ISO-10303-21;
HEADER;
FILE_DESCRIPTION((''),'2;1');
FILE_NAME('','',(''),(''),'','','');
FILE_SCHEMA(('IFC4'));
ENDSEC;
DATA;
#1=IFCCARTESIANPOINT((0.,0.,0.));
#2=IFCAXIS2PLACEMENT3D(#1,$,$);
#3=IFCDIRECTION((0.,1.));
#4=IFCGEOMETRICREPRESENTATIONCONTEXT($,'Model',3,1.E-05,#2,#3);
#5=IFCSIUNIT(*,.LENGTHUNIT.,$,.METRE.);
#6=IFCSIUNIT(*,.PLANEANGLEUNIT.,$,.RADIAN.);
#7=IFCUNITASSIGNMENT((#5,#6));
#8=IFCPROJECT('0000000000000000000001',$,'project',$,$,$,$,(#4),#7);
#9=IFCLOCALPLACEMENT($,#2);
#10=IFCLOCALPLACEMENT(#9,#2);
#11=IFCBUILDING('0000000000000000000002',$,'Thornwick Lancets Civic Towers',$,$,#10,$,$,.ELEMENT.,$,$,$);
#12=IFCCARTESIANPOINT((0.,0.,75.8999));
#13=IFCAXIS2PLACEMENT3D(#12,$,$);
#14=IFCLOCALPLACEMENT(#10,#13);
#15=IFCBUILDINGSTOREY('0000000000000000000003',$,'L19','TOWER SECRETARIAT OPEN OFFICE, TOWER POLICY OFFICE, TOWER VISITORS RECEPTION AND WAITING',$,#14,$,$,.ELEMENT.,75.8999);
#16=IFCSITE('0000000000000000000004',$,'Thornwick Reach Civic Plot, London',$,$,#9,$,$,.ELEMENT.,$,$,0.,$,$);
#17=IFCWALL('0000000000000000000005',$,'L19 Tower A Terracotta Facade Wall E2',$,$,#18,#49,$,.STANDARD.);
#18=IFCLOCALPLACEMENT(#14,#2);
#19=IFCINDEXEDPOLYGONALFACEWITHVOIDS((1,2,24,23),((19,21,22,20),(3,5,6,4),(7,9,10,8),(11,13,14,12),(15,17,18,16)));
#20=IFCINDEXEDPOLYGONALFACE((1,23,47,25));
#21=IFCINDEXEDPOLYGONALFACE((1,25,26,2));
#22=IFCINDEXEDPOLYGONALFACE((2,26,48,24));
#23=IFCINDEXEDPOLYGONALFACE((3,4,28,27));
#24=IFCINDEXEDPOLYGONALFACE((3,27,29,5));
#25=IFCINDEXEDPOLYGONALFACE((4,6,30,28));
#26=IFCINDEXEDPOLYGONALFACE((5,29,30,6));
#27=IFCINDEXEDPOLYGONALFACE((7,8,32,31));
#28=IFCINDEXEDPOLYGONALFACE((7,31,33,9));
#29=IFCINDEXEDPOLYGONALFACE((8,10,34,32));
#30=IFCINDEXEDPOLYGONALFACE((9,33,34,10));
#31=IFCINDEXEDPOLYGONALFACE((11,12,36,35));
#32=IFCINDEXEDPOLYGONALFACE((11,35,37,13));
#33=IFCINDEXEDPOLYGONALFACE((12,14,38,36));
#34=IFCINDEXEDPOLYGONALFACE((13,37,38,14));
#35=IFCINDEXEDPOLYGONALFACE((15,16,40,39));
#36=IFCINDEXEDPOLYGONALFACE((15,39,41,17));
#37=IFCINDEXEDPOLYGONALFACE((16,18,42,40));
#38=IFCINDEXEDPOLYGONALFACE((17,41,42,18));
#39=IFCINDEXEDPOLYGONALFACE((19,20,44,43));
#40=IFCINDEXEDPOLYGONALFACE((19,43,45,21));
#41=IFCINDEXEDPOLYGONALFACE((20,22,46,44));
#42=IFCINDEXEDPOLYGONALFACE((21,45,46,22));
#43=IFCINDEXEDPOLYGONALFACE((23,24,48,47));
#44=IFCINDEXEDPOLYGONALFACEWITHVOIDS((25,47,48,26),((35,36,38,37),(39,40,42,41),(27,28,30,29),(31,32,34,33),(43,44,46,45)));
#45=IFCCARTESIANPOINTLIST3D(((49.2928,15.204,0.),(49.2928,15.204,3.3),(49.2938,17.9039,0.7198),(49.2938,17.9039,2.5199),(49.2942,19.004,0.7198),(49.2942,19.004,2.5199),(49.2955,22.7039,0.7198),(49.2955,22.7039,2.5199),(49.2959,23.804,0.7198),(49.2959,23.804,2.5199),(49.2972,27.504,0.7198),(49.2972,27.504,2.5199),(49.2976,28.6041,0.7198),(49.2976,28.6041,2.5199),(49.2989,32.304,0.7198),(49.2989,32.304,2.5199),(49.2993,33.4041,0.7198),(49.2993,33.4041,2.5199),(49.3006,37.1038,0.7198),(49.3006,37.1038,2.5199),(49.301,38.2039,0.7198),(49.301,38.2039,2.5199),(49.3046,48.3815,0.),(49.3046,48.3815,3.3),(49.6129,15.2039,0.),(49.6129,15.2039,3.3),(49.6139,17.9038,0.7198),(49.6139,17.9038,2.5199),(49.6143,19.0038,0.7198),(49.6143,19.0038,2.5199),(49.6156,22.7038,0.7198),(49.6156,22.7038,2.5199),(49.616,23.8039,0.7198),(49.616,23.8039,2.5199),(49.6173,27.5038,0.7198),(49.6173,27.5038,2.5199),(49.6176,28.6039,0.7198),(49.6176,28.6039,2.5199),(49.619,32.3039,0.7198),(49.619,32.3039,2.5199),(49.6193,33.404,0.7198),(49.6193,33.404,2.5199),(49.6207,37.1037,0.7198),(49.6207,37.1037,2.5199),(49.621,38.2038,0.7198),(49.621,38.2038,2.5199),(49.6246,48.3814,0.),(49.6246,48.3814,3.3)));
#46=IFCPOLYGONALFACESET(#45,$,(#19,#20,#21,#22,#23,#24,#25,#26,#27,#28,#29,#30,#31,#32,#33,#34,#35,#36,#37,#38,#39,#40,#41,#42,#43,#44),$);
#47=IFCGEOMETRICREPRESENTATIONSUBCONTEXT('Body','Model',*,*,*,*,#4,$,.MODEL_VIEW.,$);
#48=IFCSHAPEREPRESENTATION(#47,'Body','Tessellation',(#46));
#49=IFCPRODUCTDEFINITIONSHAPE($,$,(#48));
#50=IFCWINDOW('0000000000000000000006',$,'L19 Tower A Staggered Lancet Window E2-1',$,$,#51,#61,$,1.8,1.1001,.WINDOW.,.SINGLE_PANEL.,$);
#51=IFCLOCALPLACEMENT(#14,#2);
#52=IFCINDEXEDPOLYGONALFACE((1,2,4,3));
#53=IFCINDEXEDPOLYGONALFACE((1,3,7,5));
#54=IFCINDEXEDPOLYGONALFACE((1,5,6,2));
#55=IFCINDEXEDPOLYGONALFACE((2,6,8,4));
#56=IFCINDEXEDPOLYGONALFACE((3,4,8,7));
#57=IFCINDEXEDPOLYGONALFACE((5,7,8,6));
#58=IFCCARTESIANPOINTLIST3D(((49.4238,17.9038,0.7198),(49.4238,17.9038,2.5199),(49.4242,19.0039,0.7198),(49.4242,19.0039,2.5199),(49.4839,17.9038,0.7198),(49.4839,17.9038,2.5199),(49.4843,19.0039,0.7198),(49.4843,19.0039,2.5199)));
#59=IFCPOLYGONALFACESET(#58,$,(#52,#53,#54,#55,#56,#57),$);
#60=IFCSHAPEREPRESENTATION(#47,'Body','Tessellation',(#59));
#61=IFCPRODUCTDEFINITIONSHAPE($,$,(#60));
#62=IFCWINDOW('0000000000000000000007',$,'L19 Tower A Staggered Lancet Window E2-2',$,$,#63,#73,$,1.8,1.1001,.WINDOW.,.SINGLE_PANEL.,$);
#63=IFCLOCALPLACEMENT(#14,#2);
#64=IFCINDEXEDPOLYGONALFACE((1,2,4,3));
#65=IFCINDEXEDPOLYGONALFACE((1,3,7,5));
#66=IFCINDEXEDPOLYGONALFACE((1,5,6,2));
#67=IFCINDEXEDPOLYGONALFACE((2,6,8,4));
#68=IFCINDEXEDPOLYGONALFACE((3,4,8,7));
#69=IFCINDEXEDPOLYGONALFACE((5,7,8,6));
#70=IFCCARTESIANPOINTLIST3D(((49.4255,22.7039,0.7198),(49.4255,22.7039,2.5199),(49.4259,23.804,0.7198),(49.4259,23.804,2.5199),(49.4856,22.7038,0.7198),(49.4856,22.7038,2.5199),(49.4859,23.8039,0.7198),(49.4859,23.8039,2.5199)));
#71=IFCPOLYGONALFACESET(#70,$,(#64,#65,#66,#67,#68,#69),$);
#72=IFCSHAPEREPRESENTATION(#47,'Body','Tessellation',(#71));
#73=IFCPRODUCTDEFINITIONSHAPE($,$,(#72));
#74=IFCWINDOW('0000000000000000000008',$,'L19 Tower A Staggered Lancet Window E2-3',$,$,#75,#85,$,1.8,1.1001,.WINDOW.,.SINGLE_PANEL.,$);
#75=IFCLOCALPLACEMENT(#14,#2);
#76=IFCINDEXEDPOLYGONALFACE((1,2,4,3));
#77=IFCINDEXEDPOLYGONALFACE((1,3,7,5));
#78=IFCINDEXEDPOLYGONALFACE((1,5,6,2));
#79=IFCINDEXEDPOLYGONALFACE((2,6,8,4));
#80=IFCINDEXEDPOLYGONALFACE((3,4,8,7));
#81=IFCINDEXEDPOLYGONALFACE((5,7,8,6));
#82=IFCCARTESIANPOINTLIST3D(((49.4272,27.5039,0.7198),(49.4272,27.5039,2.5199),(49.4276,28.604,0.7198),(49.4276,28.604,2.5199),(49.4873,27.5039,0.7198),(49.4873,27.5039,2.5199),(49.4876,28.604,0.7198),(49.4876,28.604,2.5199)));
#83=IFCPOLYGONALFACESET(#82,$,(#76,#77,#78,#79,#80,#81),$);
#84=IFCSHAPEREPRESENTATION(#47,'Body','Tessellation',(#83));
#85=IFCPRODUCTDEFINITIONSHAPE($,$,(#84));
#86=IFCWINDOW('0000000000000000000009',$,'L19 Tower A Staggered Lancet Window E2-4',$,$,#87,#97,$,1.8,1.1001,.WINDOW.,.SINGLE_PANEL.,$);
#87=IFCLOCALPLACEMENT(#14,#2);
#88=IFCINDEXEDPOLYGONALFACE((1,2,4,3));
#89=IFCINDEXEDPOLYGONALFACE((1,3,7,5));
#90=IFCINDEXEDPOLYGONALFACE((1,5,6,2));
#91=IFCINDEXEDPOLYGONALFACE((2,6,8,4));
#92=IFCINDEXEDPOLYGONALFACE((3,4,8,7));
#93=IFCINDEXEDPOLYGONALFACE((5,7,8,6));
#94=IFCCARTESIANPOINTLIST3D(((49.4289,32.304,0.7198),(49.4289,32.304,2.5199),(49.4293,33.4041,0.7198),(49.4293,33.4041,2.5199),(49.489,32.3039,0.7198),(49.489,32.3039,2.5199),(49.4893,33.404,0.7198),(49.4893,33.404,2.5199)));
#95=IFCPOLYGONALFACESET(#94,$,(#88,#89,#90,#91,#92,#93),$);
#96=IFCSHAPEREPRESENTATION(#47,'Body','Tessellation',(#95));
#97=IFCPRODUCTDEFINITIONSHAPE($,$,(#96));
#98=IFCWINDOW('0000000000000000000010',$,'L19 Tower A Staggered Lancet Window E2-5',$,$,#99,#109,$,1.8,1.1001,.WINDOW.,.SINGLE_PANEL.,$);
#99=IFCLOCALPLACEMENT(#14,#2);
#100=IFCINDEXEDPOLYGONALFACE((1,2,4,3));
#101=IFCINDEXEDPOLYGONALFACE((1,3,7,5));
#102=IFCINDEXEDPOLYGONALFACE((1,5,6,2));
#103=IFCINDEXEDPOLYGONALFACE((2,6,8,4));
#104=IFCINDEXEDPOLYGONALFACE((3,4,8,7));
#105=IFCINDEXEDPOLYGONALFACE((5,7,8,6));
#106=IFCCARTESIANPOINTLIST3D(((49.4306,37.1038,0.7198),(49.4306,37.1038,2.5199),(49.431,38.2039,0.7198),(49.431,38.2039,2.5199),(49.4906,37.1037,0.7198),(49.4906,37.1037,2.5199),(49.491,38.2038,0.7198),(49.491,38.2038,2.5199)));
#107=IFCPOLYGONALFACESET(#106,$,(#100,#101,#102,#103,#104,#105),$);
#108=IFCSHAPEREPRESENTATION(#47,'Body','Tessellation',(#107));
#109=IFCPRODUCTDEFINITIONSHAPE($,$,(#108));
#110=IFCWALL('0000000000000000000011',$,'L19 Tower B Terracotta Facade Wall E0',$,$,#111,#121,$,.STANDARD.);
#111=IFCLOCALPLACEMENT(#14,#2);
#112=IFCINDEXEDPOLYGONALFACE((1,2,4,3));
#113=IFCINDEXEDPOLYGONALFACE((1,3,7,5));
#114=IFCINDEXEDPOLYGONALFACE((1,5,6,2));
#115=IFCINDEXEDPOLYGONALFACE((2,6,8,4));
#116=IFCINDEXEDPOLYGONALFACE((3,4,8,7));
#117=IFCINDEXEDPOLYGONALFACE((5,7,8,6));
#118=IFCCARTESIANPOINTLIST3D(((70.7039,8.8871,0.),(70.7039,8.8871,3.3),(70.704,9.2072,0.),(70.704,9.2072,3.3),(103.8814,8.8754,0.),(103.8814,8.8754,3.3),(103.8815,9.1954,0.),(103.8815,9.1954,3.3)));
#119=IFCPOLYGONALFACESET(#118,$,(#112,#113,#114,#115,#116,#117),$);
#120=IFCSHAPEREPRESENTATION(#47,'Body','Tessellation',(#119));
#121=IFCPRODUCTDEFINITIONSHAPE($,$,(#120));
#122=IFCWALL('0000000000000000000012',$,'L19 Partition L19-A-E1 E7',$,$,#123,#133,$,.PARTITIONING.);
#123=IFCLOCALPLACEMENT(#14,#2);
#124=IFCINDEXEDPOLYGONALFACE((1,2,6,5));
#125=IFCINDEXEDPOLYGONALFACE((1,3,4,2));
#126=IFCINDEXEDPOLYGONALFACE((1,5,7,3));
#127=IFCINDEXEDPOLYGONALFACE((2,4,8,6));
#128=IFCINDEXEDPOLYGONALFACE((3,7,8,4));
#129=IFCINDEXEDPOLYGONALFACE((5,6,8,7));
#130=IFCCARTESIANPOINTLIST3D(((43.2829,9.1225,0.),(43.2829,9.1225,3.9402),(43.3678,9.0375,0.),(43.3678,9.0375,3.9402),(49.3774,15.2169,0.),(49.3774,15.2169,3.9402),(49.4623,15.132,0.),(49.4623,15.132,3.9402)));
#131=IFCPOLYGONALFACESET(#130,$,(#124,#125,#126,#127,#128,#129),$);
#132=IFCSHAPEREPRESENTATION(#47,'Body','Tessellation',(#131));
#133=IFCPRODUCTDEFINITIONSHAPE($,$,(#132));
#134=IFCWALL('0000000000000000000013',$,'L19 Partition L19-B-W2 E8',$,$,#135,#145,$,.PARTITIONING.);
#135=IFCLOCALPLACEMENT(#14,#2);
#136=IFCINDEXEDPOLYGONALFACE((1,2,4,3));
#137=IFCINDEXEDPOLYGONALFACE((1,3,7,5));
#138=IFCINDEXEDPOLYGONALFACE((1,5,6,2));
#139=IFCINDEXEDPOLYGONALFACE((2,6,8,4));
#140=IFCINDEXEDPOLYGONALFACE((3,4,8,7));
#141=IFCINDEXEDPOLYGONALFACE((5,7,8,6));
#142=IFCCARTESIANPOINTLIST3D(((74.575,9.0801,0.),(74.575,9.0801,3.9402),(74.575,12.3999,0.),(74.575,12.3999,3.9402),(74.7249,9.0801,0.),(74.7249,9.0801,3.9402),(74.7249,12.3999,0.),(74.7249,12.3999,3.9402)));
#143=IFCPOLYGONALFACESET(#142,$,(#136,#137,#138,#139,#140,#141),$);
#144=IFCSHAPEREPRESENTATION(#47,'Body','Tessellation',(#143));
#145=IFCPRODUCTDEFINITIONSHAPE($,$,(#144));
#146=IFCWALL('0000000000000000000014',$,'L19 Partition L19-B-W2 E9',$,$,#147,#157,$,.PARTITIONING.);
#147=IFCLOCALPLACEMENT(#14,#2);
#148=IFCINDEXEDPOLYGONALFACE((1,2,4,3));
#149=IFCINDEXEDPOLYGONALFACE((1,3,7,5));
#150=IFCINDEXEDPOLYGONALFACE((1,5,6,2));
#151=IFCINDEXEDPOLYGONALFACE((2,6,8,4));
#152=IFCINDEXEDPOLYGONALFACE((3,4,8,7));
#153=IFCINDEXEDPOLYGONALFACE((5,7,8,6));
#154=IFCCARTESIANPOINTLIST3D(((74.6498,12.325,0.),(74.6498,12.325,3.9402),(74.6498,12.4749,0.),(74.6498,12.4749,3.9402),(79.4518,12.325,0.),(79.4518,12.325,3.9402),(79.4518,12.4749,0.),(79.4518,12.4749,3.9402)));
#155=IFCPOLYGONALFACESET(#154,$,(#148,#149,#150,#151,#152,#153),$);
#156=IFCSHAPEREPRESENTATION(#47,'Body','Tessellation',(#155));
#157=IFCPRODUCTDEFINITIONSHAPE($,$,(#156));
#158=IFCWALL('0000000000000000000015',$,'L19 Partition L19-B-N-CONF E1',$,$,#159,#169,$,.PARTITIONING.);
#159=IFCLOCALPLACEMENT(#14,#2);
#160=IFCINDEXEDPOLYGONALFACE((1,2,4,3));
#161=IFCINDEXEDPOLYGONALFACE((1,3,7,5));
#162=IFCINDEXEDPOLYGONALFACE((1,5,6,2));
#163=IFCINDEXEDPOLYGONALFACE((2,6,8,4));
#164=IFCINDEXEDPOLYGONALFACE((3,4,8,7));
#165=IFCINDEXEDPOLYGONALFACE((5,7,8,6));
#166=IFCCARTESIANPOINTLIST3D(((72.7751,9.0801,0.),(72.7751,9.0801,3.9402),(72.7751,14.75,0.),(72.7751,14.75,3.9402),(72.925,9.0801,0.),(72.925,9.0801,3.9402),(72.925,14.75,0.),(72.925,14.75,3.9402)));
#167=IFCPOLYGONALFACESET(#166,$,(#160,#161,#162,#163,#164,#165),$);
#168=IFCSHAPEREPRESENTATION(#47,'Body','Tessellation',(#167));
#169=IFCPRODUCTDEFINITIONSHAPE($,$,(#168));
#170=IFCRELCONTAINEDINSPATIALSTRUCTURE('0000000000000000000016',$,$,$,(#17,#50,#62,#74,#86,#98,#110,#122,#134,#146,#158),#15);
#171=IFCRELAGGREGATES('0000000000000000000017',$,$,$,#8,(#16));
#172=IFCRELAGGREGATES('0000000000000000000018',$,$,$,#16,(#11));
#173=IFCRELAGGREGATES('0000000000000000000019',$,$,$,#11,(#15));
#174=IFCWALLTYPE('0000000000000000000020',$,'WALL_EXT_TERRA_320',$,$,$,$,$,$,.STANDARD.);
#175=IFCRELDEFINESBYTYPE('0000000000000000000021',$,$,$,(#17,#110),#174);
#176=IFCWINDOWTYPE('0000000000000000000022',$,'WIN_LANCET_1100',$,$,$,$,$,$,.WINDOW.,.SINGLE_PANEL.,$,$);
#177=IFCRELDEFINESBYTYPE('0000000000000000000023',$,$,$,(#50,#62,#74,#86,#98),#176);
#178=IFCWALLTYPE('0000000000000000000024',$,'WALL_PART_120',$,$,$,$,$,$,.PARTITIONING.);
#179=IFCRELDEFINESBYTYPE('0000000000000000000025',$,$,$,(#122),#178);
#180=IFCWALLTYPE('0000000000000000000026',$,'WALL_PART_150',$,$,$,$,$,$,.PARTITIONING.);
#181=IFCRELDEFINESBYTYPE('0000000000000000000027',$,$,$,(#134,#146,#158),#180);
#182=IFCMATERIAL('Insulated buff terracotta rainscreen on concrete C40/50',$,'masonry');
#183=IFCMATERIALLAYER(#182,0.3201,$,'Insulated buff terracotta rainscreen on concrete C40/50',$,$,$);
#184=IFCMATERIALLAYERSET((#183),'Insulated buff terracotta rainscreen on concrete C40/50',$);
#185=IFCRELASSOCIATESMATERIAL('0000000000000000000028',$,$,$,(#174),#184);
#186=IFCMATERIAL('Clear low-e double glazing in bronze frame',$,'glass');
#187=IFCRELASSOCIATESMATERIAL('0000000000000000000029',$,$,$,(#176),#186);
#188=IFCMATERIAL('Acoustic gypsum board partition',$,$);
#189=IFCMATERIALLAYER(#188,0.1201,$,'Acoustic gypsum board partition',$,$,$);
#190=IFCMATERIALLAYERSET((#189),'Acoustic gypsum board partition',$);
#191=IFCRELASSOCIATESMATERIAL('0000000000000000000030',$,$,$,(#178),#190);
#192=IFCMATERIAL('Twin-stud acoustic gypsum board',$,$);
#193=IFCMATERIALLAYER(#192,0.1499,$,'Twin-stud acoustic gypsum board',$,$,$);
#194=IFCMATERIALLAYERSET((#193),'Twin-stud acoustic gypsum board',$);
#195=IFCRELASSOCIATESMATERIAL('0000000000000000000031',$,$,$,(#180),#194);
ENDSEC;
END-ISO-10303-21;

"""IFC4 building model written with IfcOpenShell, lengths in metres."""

from ifc_helpers import new_model, si_unit, direction, frame, frame_2d, origin, place, context, subcontext, project, spatial, rectangle, extrude, material, layer, layer_set, type_object, element, fill, save


model = new_model("IFC4")

# Units and contexts
model_context = context("Model", 3, precision=1e-05, world=origin(), true_north=direction((0.0, 1.0)))
body_context = subcontext(model_context, "Body", "Model", "MODEL_VIEW")
ifc_project = project(units=[si_unit("LENGTHUNIT", "METRE"), si_unit("PLANEANGLEUNIT", "RADIAN")], contexts=[model_context])

# Site, building, storey
site_placement = place(None, origin())
site = spatial("IfcSite", under=ifc_project, at=site_placement, Name="Thornwick Reach Civic Plot, London", CompositionType="ELEMENT", RefElevation=0.0)
building_placement = place(site_placement, origin())
building = spatial("IfcBuilding", under=site, at=building_placement, Name="Thornwick Lancets Civic Towers", CompositionType="ELEMENT")
storey_placement = place(building_placement, frame((0.0, 0.0, 75.8999)))
storey = spatial("IfcBuildingStorey", under=building, at=storey_placement, Name="L19", Description="TOWER SECRETARIAT OPEN OFFICE, TOWER POLICY OFFICE, TOWER VISITORS RECEPTION AND WAITING", CompositionType="ELEMENT", Elevation=75.8999)

# Wall, openings, windows
ifc_material_1 = material(Name="Insulated buff terracotta rainscreen on concrete C40/50", Category="masonry")
ifc_layer_1 = layer(ifc_material_1, 0.3201, Name="Insulated buff terracotta rainscreen on concrete C40/50")
ifc_layer_set_1 = layer_set([ifc_layer_1], Name="Insulated buff terracotta rainscreen on concrete C40/50")
wall_type_1 = type_object("IfcWallType", Name="WALL_EXT_TERRA_320", PredefinedType="STANDARD", material=ifc_layer_set_1)
wall_1_placement = place(storey_placement, frame((49.4529, 15.2039, 0.0), z_axis=(0.0, 0.0, 1.0), x_axis=(0.000353, 1.0, 0.0)))
wall_1 = element("IfcWall", 1, at=wall_1_placement, inside=storey, type_object=wall_type_1, Name="L19 Tower A Terracotta Facade Wall E2", PredefinedType="STANDARD", context=body_context, shape_type="SweptSolid", body=[
    extrude(rectangle(XDim=33.1775, YDim=0.3201, at=frame_2d((16.5889, 0.0))), origin(), (0.0, 0.0, 1.0), 3.3),
])
opening_1_placement = place(wall_1_placement, frame((2.7, 0.0, 0.72)))
opening_1 = element("IfcOpeningElement", 2, at=opening_1_placement, cuts=wall_1, PredefinedType="OPENING", context=body_context, shape_type="SweptSolid", body=[
    extrude(rectangle(XDim=1.1001, YDim=1.8, at=frame_2d((0.55, 0.8999))), frame((0.0, 0.1699, 0.0), z_axis=(0.0, -1.0, 0.0), x_axis=(1.0, 0.0, 0.0)), (0.0, 0.0, 1.0), 0.3401),
])
opening_2_placement = place(wall_1_placement, frame((7.5, 0.0, 0.72)))
opening_2 = element("IfcOpeningElement", 3, at=opening_2_placement, cuts=wall_1, PredefinedType="OPENING", context=body_context, shape_type="SweptSolid", body=[
    extrude(rectangle(XDim=1.1001, YDim=1.8, at=frame_2d((0.55, 0.8999))), frame((0.0, 0.1699, 0.0), z_axis=(0.0, -1.0, 0.0), x_axis=(1.0, 0.0, 0.0)), (0.0, 0.0, 1.0), 0.3401),
])
opening_3_placement = place(wall_1_placement, frame((12.3, 0.0, 0.72)))
opening_3 = element("IfcOpeningElement", 4, at=opening_3_placement, cuts=wall_1, PredefinedType="OPENING", context=body_context, shape_type="SweptSolid", body=[
    extrude(rectangle(XDim=1.1001, YDim=1.8, at=frame_2d((0.55, 0.8999))), frame((0.0, 0.1699, 0.0), z_axis=(0.0, -1.0, 0.0), x_axis=(1.0, 0.0, 0.0)), (0.0, 0.0, 1.0), 0.3401),
])
opening_4_placement = place(wall_1_placement, frame((17.1001, 0.0, 0.72)))
opening_4 = element("IfcOpeningElement", 5, at=opening_4_placement, cuts=wall_1, PredefinedType="OPENING", context=body_context, shape_type="SweptSolid", body=[
    extrude(rectangle(XDim=1.1001, YDim=1.8, at=frame_2d((0.55, 0.8999))), frame((0.0, 0.1699, 0.0), z_axis=(0.0, -1.0, 0.0), x_axis=(1.0, 0.0, 0.0)), (0.0, 0.0, 1.0), 0.3401),
])
opening_5_placement = place(wall_1_placement, frame((21.8999, 0.0, 0.72)))
opening_5 = element("IfcOpeningElement", 6, at=opening_5_placement, cuts=wall_1, PredefinedType="OPENING", context=body_context, shape_type="SweptSolid", body=[
    extrude(rectangle(XDim=1.1001, YDim=1.8, at=frame_2d((0.55, 0.8999))), frame((0.0, 0.1699, 0.0), z_axis=(0.0, -1.0, 0.0), x_axis=(1.0, 0.0, 0.0)), (0.0, 0.0, 1.0), 0.3401),
])
ifc_material_2 = material(Name="Clear low-e double glazing in bronze frame", Category="glass")
window_type = type_object("IfcWindowType", Name="WIN_LANCET_1100", PartitioningType="SINGLE_PANEL", PredefinedType="WINDOW", material=ifc_material_2)
window_1_placement = place(opening_1_placement, origin())
window_1 = element("IfcWindow", 7, at=window_1_placement, inside=storey, type_object=window_type, Name="L19 Tower A Staggered Lancet Window E2-1", OverallHeight=1.8, OverallWidth=1.1001, PartitioningType="SINGLE_PANEL", PredefinedType="WINDOW", context=body_context, shape_type="SweptSolid", body=[
    extrude(rectangle(XDim=1.1001, YDim=1.8, at=frame_2d((0.55, 0.8999))), frame((0.0, 0.03, 0.0), z_axis=(0.0, -1.0, 0.0), x_axis=(1.0, 0.0, 0.0)), (0.0, 0.0, 1.0), 0.0601),
])
fill(opening_1, window_1)
window_2_placement = place(opening_2_placement, origin())
window_2 = element("IfcWindow", 8, at=window_2_placement, inside=storey, type_object=window_type, Name="L19 Tower A Staggered Lancet Window E2-2", OverallHeight=1.8, OverallWidth=1.1001, PartitioningType="SINGLE_PANEL", PredefinedType="WINDOW", context=body_context, shape_type="SweptSolid", body=[
    extrude(rectangle(XDim=1.1001, YDim=1.8, at=frame_2d((0.55, 0.8999))), frame((0.0, 0.03, 0.0), z_axis=(0.0, -1.0, 0.0), x_axis=(1.0, 0.0, 0.0)), (0.0, 0.0, 1.0), 0.0601),
])
fill(opening_2, window_2)
window_3_placement = place(opening_3_placement, origin())
window_3 = element("IfcWindow", 9, at=window_3_placement, inside=storey, type_object=window_type, Name="L19 Tower A Staggered Lancet Window E2-3", OverallHeight=1.8, OverallWidth=1.1001, PartitioningType="SINGLE_PANEL", PredefinedType="WINDOW", context=body_context, shape_type="SweptSolid", body=[
    extrude(rectangle(XDim=1.1001, YDim=1.8, at=frame_2d((0.55, 0.8999))), frame((0.0, 0.03, 0.0), z_axis=(0.0, -1.0, 0.0), x_axis=(1.0, 0.0, 0.0)), (0.0, 0.0, 1.0), 0.0601),
])
fill(opening_3, window_3)
window_4_placement = place(opening_4_placement, origin())
window_4 = element("IfcWindow", 10, at=window_4_placement, inside=storey, type_object=window_type, Name="L19 Tower A Staggered Lancet Window E2-4", OverallHeight=1.8, OverallWidth=1.1001, PartitioningType="SINGLE_PANEL", PredefinedType="WINDOW", context=body_context, shape_type="SweptSolid", body=[
    extrude(rectangle(XDim=1.1001, YDim=1.8, at=frame_2d((0.55, 0.8999))), frame((0.0, 0.03, 0.0), z_axis=(0.0, -1.0, 0.0), x_axis=(1.0, 0.0, 0.0)), (0.0, 0.0, 1.0), 0.0601),
])
fill(opening_4, window_4)
window_5_placement = place(opening_5_placement, origin())
window_5 = element("IfcWindow", 11, at=window_5_placement, inside=storey, type_object=window_type, Name="L19 Tower A Staggered Lancet Window E2-5", OverallHeight=1.8, OverallWidth=1.1001, PartitioningType="SINGLE_PANEL", PredefinedType="WINDOW", context=body_context, shape_type="SweptSolid", body=[
    extrude(rectangle(XDim=1.1001, YDim=1.8, at=frame_2d((0.55, 0.8999))), frame((0.0, 0.03, 0.0), z_axis=(0.0, -1.0, 0.0), x_axis=(1.0, 0.0, 0.0)), (0.0, 0.0, 1.0), 0.0601),
])
fill(opening_5, window_5)

# Walls
wall_2_placement = place(storey_placement, frame((70.7039, 9.0471, 0.0), z_axis=(0.0, 0.0, 1.0), x_axis=(1.0, -0.000353, 0.0)))
element("IfcWall", 12, at=wall_2_placement, inside=storey, type_object=wall_type_1, Name="L19 Tower B Terracotta Facade Wall E0", PredefinedType="STANDARD", context=body_context, shape_type="SweptSolid", body=[
    extrude(rectangle(XDim=33.1775, YDim=0.3201, at=frame_2d((16.5889, 0.0))), origin(), (0.0, 0.0, 1.0), 3.3),
])
ifc_material_3 = material(Name="Acoustic gypsum board partition")
ifc_layer_2 = layer(ifc_material_3, 0.1201, Name="Acoustic gypsum board partition")
ifc_layer_set_2 = layer_set([ifc_layer_2], Name="Acoustic gypsum board partition")
wall_type_2 = type_object("IfcWallType", Name="WALL_PART_120", PredefinedType="PARTITIONING", material=ifc_layer_set_2)
wall_3_placement = place(storey_placement, frame((49.4199, 15.1746, 0.0), z_axis=(0.0, 0.0, 1.0), x_axis=(-0.707107, -0.707107, 0.0)))
element("IfcWall", 13, at=wall_3_placement, inside=storey, type_object=wall_type_2, Name="L19 Partition L19-A-E1 E7", PredefinedType="PARTITIONING", context=body_context, shape_type="SweptSolid", body=[
    extrude(rectangle(XDim=8.6189, YDim=0.1201, at=frame_2d((4.3096, 0.0))), origin(), (0.0, 0.0, 1.0), 3.9402),
])
ifc_material_4 = material(Name="Twin-stud acoustic gypsum board")
ifc_layer_3 = layer(ifc_material_4, 0.1499, Name="Twin-stud acoustic gypsum board")
ifc_layer_set_3 = layer_set([ifc_layer_3], Name="Twin-stud acoustic gypsum board")
wall_type_3 = type_object("IfcWallType", Name="WALL_PART_150", PredefinedType="PARTITIONING", material=ifc_layer_set_3)
wall_4_placement = place(storey_placement, frame((74.6499, 9.0801, 0.0), z_axis=(0.0, 0.0, 1.0), x_axis=(0.0, 1.0, 0.0)))
element("IfcWall", 14, at=wall_4_placement, inside=storey, type_object=wall_type_3, Name="L19 Partition L19-B-W2 E8", PredefinedType="PARTITIONING", context=body_context, shape_type="SweptSolid", body=[
    extrude(rectangle(XDim=3.3198, YDim=0.1499, at=frame_2d((1.6599, 0.0))), origin(), (0.0, 0.0, 1.0), 3.9402),
])
wall_5_placement = place(storey_placement, frame((74.6499, 12.3999, 0.0), z_axis=(0.0, 0.0, 1.0), x_axis=(1.0, 0.0, 0.0)))
element("IfcWall", 15, at=wall_5_placement, inside=storey, type_object=wall_type_3, Name="L19 Partition L19-B-W2 E9", PredefinedType="PARTITIONING", context=body_context, shape_type="SweptSolid", body=[
    extrude(rectangle(XDim=4.802, YDim=0.1499, at=frame_2d((2.4009, 0.0))), origin(), (0.0, 0.0, 1.0), 3.9402),
])
wall_6_placement = place(storey_placement, frame((72.8501, 14.75, 0.0), z_axis=(0.0, 0.0, 1.0), x_axis=(0.0, -1.0, 0.0)))
element("IfcWall", 16, at=wall_6_placement, inside=storey, type_object=wall_type_3, Name="L19 Partition L19-B-N-CONF E1", PredefinedType="PARTITIONING", context=body_context, shape_type="SweptSolid", body=[
    extrude(rectangle(XDim=5.6699, YDim=0.1499, at=frame_2d((2.835, 0.0))), origin(), (0.0, 0.0, 1.0), 3.9402),
])

save(model, "model.ifc")
